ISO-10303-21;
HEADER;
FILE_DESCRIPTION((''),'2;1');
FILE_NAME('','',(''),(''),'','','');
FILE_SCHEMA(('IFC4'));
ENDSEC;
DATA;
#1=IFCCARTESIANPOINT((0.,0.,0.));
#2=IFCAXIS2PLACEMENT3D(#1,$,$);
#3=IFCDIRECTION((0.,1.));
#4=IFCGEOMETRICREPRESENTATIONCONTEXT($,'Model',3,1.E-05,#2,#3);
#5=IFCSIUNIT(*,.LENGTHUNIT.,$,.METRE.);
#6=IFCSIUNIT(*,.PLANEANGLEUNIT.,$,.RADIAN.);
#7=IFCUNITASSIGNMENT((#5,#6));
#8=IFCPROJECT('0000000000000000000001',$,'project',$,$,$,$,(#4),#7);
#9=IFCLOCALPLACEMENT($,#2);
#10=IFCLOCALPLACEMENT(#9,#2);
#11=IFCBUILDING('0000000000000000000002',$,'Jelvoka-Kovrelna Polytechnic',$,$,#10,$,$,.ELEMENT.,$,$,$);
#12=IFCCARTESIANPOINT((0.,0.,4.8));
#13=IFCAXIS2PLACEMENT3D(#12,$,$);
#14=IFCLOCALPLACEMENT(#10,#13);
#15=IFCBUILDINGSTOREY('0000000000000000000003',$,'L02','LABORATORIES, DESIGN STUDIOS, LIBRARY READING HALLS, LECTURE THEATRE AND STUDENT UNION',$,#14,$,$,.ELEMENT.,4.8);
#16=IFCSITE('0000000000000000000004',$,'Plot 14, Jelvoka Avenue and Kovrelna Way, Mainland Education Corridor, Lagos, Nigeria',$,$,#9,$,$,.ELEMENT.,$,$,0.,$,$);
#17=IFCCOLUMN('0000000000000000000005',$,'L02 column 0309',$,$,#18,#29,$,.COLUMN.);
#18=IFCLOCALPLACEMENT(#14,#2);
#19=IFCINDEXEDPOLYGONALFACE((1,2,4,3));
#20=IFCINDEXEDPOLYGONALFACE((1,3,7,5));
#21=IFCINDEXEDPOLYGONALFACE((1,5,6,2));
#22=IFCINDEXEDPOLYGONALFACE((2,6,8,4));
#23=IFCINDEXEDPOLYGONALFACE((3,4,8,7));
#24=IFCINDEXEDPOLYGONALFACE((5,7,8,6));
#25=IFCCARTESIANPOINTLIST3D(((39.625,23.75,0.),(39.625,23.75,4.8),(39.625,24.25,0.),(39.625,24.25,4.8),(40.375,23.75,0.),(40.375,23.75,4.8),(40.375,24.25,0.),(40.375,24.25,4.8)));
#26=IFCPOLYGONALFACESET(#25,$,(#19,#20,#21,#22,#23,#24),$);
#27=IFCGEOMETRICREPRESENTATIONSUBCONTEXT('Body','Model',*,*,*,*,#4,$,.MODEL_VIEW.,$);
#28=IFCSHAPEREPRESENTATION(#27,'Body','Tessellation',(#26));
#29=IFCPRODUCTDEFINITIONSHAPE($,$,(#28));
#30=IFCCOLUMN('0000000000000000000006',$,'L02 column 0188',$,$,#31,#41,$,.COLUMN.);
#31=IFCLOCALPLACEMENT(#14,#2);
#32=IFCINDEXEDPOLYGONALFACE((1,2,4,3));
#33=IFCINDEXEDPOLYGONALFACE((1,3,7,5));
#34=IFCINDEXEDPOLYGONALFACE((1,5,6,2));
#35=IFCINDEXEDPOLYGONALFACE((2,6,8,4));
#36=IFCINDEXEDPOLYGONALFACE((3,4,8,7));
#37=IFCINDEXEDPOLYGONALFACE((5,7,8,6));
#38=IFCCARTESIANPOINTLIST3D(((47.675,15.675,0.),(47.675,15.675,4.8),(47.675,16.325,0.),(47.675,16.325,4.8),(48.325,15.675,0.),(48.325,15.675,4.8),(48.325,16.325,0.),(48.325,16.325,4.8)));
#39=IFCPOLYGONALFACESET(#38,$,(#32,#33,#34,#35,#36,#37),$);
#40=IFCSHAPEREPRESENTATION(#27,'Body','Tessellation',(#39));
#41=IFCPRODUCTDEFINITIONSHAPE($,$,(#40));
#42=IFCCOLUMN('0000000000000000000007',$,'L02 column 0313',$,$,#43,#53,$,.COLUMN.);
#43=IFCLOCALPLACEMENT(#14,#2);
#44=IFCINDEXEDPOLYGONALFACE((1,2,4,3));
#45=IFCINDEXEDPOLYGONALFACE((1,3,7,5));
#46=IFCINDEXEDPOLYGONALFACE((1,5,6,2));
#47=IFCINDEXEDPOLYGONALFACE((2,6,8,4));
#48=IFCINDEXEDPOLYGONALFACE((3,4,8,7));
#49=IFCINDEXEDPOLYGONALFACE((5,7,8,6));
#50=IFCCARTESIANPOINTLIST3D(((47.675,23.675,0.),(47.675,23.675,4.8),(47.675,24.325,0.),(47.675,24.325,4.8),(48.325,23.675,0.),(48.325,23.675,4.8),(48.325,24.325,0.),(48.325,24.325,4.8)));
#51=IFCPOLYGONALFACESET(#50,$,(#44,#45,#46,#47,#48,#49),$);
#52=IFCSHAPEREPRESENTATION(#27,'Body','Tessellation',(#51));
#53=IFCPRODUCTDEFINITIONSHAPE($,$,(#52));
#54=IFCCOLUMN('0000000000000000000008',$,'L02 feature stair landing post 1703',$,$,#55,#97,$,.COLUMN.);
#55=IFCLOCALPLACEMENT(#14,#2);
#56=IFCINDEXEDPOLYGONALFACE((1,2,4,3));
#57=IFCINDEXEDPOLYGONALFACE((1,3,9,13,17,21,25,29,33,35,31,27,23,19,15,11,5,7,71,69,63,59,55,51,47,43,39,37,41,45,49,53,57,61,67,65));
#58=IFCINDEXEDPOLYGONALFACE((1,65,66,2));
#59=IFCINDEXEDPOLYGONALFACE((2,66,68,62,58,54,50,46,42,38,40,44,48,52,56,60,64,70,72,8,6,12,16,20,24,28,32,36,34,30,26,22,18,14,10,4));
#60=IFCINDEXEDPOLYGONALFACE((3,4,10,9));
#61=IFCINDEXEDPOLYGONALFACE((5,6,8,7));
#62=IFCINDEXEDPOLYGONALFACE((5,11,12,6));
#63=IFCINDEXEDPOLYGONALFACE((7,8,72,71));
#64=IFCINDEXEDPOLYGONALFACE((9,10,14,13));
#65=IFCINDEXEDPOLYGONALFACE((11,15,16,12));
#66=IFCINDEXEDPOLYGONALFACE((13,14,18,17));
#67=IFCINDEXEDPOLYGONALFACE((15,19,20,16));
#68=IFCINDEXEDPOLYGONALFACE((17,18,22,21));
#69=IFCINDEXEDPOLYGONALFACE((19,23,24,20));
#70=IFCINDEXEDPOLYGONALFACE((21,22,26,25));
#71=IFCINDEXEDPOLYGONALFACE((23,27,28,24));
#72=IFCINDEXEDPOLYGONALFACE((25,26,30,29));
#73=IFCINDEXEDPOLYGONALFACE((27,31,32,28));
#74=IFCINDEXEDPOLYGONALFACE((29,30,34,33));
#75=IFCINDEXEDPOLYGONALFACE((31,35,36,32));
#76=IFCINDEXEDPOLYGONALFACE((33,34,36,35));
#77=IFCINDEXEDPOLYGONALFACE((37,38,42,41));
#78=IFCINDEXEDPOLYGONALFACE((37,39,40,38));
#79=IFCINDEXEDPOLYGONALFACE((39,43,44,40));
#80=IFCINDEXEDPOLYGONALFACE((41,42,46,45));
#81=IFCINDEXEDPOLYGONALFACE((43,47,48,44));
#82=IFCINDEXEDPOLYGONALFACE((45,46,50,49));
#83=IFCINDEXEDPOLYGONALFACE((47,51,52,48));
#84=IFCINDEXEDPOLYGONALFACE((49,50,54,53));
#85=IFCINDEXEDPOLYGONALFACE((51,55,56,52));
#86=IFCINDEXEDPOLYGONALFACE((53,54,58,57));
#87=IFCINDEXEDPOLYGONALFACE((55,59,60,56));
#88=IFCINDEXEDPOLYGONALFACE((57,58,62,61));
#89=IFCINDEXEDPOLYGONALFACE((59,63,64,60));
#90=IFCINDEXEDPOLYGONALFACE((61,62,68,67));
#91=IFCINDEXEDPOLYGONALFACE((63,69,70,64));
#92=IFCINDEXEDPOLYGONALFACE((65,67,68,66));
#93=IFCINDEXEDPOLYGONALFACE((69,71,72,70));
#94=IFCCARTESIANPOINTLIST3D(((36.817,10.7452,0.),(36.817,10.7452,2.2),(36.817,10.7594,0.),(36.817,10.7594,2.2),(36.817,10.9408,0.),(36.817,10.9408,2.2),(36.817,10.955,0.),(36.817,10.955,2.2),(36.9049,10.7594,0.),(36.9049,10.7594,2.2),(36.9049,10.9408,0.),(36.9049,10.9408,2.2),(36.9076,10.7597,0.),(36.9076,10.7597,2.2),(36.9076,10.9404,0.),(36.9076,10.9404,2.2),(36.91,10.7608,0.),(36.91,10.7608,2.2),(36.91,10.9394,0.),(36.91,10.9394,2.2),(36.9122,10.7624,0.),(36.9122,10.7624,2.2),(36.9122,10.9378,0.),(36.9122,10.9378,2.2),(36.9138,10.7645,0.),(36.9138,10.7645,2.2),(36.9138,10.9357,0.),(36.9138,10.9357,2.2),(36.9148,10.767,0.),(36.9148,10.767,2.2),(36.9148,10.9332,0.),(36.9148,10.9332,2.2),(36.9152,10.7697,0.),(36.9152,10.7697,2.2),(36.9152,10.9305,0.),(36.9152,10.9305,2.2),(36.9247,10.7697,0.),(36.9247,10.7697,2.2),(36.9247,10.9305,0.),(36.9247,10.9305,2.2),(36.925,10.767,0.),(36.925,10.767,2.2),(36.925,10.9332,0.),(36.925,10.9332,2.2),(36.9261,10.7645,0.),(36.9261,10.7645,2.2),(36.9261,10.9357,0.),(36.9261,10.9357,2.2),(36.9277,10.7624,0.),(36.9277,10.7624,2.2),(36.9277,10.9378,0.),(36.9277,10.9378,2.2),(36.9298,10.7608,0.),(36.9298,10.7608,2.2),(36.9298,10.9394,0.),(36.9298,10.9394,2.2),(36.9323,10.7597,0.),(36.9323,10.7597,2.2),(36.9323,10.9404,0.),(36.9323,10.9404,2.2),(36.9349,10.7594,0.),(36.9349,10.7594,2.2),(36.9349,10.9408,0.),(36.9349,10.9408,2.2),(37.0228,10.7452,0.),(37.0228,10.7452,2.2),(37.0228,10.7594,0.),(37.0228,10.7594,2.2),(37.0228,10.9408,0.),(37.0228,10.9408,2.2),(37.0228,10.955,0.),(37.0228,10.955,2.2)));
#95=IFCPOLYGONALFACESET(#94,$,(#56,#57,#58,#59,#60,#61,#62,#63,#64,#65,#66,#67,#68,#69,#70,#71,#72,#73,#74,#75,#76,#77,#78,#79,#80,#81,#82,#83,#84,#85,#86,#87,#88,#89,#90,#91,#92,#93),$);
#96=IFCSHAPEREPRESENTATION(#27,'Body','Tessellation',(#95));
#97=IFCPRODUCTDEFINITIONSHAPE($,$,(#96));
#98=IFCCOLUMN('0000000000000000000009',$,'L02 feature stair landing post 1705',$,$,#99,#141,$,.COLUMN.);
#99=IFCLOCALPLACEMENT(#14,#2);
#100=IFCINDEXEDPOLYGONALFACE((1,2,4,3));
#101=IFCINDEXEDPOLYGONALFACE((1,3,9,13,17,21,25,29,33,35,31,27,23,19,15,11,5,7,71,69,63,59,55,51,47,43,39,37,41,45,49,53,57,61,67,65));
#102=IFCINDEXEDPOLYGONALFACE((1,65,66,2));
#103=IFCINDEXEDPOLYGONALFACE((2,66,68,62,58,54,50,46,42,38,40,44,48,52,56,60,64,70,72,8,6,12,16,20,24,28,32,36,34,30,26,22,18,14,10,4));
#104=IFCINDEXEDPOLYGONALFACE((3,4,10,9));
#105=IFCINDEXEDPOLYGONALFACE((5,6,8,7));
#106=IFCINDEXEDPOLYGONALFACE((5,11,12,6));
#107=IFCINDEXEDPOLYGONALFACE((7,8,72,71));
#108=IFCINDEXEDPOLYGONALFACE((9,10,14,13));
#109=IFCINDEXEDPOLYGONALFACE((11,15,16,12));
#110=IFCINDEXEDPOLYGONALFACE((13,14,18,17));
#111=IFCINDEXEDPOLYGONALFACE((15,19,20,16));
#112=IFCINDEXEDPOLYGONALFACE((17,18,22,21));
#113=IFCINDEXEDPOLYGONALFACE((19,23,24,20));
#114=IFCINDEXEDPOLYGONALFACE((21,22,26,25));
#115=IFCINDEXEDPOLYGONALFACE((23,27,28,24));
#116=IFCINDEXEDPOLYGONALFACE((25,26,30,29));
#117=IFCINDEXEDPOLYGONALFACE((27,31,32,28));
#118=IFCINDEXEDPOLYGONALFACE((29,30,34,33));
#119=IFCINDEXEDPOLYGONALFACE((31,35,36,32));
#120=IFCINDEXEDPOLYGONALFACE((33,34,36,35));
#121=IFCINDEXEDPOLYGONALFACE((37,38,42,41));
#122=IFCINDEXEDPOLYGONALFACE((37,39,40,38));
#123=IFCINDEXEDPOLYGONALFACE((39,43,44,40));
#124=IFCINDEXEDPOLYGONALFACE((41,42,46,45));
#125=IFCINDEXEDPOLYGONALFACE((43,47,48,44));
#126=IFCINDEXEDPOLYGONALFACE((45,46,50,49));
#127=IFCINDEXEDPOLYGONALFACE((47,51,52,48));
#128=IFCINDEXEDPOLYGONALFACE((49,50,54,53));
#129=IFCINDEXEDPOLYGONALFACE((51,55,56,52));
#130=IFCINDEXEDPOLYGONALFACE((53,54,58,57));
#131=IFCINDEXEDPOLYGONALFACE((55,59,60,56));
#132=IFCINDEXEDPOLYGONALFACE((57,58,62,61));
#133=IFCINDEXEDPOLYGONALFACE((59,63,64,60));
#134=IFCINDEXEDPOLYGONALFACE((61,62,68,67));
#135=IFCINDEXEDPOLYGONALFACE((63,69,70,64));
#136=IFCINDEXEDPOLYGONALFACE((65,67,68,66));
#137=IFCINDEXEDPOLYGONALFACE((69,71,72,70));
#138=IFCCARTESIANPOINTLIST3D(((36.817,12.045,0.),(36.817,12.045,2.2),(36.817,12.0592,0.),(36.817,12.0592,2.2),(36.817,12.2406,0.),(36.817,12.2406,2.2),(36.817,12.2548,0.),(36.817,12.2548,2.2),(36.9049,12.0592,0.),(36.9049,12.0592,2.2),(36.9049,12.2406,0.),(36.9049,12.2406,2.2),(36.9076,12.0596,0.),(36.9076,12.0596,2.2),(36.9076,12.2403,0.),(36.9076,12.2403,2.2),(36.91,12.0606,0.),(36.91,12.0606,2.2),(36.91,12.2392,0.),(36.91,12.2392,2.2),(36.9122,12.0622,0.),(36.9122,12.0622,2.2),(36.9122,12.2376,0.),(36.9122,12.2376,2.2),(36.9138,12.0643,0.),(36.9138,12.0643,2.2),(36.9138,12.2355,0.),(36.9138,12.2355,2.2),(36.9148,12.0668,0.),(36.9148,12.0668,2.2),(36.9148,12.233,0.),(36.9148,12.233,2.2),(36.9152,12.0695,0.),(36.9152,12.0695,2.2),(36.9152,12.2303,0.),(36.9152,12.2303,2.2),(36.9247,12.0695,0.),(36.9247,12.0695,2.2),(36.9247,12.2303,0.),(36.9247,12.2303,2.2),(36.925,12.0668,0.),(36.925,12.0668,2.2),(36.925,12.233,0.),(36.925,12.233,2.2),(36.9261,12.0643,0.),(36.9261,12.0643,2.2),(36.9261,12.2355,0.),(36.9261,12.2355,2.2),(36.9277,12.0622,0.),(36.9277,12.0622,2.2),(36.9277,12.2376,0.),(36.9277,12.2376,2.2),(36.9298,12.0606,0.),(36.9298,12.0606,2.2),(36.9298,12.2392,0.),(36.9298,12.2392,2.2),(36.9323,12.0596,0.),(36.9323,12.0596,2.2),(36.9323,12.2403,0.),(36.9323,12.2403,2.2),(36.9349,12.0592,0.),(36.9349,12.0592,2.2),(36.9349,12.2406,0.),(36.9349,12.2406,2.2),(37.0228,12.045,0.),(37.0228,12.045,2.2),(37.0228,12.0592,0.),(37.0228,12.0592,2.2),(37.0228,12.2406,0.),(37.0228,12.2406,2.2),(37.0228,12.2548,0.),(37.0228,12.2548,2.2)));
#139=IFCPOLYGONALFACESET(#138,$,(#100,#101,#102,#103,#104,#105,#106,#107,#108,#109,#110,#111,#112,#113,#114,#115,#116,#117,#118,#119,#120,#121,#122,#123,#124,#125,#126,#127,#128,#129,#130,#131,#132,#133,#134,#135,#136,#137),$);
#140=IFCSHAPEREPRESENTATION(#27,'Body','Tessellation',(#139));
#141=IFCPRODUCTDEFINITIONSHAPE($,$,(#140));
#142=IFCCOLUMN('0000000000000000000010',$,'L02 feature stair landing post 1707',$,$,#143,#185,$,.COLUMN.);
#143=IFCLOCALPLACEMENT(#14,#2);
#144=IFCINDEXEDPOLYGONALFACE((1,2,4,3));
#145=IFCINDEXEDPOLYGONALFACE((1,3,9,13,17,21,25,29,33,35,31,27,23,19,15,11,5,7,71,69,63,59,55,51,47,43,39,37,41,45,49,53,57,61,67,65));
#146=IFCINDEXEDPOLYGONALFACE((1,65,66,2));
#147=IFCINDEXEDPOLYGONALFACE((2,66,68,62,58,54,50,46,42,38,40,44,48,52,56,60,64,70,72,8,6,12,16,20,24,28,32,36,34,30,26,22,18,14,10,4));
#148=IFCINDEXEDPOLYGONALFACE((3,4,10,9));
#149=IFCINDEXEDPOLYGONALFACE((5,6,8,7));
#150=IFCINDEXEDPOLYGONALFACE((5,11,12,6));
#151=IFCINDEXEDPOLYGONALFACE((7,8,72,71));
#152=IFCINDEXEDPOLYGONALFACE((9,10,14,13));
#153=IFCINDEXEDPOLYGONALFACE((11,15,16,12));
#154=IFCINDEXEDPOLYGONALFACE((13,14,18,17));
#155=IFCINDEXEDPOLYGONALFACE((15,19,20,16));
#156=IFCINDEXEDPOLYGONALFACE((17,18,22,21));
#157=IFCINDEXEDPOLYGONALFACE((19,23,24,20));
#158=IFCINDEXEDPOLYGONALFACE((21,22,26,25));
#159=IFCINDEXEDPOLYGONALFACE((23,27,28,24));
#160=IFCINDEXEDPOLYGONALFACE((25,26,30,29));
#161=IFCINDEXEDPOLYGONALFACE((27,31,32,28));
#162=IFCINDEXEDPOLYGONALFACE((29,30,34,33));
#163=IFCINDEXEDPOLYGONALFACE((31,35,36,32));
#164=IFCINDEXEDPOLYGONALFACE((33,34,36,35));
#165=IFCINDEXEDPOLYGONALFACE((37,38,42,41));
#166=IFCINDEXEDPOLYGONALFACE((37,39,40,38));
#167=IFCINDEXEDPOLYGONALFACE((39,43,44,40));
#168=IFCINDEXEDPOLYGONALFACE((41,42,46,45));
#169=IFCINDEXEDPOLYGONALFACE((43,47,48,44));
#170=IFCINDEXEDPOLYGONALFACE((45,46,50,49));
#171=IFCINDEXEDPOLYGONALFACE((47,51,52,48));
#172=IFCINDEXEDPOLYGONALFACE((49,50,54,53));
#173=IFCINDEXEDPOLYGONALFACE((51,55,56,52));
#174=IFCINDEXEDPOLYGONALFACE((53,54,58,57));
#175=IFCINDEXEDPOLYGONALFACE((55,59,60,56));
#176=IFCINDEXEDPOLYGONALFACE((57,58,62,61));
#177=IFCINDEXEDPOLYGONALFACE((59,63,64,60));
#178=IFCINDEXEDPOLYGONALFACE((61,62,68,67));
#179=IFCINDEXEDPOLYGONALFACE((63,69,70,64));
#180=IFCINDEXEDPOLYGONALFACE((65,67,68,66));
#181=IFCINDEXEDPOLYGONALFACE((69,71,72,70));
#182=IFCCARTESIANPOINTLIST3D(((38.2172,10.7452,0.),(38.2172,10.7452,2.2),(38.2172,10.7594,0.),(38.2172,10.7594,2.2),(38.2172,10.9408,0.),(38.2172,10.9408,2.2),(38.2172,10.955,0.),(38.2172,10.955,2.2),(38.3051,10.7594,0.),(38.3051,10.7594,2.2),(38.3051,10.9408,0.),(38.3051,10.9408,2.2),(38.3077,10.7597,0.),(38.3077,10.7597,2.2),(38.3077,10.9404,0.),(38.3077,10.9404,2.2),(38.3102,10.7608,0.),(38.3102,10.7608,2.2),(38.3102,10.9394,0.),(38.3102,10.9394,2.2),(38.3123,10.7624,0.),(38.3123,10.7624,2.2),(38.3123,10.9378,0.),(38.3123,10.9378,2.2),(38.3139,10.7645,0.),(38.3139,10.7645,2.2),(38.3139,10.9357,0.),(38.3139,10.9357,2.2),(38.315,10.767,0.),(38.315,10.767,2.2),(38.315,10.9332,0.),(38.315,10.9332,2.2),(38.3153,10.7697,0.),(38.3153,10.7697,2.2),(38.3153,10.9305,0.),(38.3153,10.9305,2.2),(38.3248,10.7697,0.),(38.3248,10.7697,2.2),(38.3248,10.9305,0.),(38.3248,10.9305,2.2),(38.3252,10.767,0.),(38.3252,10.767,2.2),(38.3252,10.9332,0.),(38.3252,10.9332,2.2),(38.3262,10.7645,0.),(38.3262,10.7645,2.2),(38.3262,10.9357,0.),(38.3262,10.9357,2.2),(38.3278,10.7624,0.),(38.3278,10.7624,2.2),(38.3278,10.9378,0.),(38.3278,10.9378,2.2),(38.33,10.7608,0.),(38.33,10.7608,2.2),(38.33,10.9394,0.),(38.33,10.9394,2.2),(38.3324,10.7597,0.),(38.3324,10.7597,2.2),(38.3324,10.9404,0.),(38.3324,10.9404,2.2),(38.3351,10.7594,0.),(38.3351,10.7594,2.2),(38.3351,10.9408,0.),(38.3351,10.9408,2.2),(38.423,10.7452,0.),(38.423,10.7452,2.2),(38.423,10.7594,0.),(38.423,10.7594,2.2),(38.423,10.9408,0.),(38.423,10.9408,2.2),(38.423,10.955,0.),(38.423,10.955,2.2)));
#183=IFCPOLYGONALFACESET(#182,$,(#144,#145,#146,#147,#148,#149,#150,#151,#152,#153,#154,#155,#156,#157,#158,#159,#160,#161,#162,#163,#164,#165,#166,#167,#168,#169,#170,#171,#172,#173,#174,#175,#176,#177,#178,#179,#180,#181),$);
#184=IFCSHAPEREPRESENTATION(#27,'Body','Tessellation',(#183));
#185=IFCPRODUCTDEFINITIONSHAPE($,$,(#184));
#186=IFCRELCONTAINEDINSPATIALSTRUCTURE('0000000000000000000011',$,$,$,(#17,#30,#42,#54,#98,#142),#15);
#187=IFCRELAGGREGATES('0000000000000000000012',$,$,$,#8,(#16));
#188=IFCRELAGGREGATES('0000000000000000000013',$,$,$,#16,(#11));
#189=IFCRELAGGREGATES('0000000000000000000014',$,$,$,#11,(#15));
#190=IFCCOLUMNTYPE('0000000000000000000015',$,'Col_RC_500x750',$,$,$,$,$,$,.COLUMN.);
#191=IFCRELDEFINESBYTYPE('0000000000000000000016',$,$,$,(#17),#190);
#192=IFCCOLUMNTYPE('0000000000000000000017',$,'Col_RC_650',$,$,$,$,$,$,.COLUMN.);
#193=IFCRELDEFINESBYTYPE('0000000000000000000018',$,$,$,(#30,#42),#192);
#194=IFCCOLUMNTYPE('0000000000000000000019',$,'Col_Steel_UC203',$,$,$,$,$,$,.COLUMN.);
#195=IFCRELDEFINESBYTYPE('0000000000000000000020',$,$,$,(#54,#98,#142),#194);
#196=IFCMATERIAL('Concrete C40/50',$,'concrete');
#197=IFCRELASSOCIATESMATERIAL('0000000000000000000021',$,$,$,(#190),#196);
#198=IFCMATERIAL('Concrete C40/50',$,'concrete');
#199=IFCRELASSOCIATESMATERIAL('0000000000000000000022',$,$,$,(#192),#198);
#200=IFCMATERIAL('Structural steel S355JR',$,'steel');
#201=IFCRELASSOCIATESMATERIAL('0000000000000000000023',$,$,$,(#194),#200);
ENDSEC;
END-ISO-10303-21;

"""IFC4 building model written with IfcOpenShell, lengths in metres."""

from ifc_helpers import new_model, si_unit, direction, frame, origin, origin_2d, place, context, subcontext, project, spatial, rectangle, i_section, extrude, material, material_profile, profile_set, type_object, element, save


model = new_model("IFC4")

# Units and contexts
model_context = context("Model", 3, precision=1e-05, world=origin(), true_north=direction((0.0, 1.0)))
body_context = subcontext(model_context, "Body", "Model", "MODEL_VIEW")
ifc_project = project(units=[si_unit("LENGTHUNIT", "METRE"), si_unit("PLANEANGLEUNIT", "RADIAN")], contexts=[model_context])

# Site, building, storey
site_placement = place(None, origin())
site = spatial("IfcSite", under=ifc_project, at=site_placement, Name="Plot 14, Jelvoka Avenue and Kovrelna Way, Mainland Education Corridor, Lagos, Nigeria", CompositionType="ELEMENT", RefElevation=0.0)
building_placement = place(site_placement, origin())
building = spatial("IfcBuilding", under=site, at=building_placement, Name="Jelvoka-Kovrelna Polytechnic", CompositionType="ELEMENT")
storey_placement = place(building_placement, frame((0.0, 0.0, 4.8)))
storey = spatial("IfcBuildingStorey", under=building, at=storey_placement, Name="L02", Description="LABORATORIES, DESIGN STUDIOS, LIBRARY READING HALLS, LECTURE THEATRE AND STUDENT UNION", CompositionType="ELEMENT", Elevation=4.8)

# Columns
ifc_material_1 = material(Name="Concrete C40/50", Category="concrete")
ifc_material_profile_1 = material_profile(ifc_material_1, rectangle(XDim=0.5, YDim=0.75, at=origin_2d()), Name="RC 500x750")
ifc_profile_set_1 = profile_set([ifc_material_profile_1], Name="Concrete C40/50")
column_type_1 = type_object("IfcColumnType", Name="Col_RC_500x750", PredefinedType="COLUMN", material=ifc_profile_set_1)
column_placement = place(storey_placement, frame((40.0, 24.0, 0.0), z_axis=(0.0, 0.0, 1.0), x_axis=(0.0, 1.0, 0.0)))
element("IfcColumn", 1, at=column_placement, inside=storey, type_object=column_type_1, Name="L02 column 0309", PredefinedType="COLUMN", context=body_context, shape_type="SweptSolid", body=[
    extrude(rectangle(XDim=0.5, YDim=0.75, at=origin_2d()), origin(), (0.0, 0.0, 1.0), 4.8),
])
ifc_material_2 = material(Name="Concrete C40/50", Category="concrete")
ifc_material_profile_2 = material_profile(ifc_material_2, rectangle(XDim=0.6499, YDim=0.6499, at=origin_2d()), Name="RC 650x650")
ifc_profile_set_2 = profile_set([ifc_material_profile_2], Name="Concrete C40/50")
column_type_2 = type_object("IfcColumnType", Name="Col_RC_650", PredefinedType="COLUMN", material=ifc_profile_set_2)
for number, where, z_axis, x_axis, name in (
    (2, (48.0, 16.0, 0.0), (0.0, 0.0, 1.0), (1.0, 0.0, 0.0), "L02 column 0188"),
    (3, (48.0, 24.0, 0.0), (0.0, 0.0, 1.0), (1.0, 0.0, 0.0), "L02 column 0313"),
):
    element("IfcColumn", number, at=place(storey_placement, frame(where, z_axis=z_axis, x_axis=x_axis)), inside=storey, type_object=column_type_2, Name=name, PredefinedType="COLUMN", context=body_context, shape_type="SweptSolid", body=[
        extrude(rectangle(XDim=0.6499, YDim=0.6499, at=origin_2d()), origin(), (0.0, 0.0, 1.0), 4.8),
    ])
ifc_material_3 = material(Name="Structural steel S355JR", Category="steel")
ifc_material_profile_3 = material_profile(ifc_material_3, i_section(OverallWidth=0.2058, OverallDepth=0.2097, WebThickness=0.0095, FlangeThickness=0.0142, FilletRadius=0.0103, at=origin_2d()), Name="203x203x60 UC")
ifc_profile_set_3 = profile_set([ifc_material_profile_3], Name="Structural steel S355JR")
column_type_3 = type_object("IfcColumnType", Name="Col_Steel_UC203", PredefinedType="COLUMN", material=ifc_profile_set_3)
for number, where, z_axis, x_axis, name in (
    (4, (36.9199, 10.8501, 0.0), (0.0, 0.0, 1.0), (1.0, 0.0, 0.0), "L02 feature stair landing post 1703"),
    (5, (36.9199, 12.1499, 0.0), (0.0, 0.0, 1.0), (1.0, 0.0, 0.0), "L02 feature stair landing post 1705"),
    (6, (38.3201, 10.8501, 0.0), (0.0, 0.0, 1.0), (1.0, 0.0, 0.0), "L02 feature stair landing post 1707"),
):
    element("IfcColumn", number, at=place(storey_placement, frame(where, z_axis=z_axis, x_axis=x_axis)), inside=storey, type_object=column_type_3, Name=name, PredefinedType="COLUMN", context=body_context, shape_type="SweptSolid", body=[
        extrude(i_section(OverallWidth=0.2058, OverallDepth=0.2097, WebThickness=0.0095, FlangeThickness=0.0142, FilletRadius=0.0103, at=origin_2d()), origin(), (0.0, 0.0, 1.0), 2.2),
    ])

save(model, "model.ifc")
